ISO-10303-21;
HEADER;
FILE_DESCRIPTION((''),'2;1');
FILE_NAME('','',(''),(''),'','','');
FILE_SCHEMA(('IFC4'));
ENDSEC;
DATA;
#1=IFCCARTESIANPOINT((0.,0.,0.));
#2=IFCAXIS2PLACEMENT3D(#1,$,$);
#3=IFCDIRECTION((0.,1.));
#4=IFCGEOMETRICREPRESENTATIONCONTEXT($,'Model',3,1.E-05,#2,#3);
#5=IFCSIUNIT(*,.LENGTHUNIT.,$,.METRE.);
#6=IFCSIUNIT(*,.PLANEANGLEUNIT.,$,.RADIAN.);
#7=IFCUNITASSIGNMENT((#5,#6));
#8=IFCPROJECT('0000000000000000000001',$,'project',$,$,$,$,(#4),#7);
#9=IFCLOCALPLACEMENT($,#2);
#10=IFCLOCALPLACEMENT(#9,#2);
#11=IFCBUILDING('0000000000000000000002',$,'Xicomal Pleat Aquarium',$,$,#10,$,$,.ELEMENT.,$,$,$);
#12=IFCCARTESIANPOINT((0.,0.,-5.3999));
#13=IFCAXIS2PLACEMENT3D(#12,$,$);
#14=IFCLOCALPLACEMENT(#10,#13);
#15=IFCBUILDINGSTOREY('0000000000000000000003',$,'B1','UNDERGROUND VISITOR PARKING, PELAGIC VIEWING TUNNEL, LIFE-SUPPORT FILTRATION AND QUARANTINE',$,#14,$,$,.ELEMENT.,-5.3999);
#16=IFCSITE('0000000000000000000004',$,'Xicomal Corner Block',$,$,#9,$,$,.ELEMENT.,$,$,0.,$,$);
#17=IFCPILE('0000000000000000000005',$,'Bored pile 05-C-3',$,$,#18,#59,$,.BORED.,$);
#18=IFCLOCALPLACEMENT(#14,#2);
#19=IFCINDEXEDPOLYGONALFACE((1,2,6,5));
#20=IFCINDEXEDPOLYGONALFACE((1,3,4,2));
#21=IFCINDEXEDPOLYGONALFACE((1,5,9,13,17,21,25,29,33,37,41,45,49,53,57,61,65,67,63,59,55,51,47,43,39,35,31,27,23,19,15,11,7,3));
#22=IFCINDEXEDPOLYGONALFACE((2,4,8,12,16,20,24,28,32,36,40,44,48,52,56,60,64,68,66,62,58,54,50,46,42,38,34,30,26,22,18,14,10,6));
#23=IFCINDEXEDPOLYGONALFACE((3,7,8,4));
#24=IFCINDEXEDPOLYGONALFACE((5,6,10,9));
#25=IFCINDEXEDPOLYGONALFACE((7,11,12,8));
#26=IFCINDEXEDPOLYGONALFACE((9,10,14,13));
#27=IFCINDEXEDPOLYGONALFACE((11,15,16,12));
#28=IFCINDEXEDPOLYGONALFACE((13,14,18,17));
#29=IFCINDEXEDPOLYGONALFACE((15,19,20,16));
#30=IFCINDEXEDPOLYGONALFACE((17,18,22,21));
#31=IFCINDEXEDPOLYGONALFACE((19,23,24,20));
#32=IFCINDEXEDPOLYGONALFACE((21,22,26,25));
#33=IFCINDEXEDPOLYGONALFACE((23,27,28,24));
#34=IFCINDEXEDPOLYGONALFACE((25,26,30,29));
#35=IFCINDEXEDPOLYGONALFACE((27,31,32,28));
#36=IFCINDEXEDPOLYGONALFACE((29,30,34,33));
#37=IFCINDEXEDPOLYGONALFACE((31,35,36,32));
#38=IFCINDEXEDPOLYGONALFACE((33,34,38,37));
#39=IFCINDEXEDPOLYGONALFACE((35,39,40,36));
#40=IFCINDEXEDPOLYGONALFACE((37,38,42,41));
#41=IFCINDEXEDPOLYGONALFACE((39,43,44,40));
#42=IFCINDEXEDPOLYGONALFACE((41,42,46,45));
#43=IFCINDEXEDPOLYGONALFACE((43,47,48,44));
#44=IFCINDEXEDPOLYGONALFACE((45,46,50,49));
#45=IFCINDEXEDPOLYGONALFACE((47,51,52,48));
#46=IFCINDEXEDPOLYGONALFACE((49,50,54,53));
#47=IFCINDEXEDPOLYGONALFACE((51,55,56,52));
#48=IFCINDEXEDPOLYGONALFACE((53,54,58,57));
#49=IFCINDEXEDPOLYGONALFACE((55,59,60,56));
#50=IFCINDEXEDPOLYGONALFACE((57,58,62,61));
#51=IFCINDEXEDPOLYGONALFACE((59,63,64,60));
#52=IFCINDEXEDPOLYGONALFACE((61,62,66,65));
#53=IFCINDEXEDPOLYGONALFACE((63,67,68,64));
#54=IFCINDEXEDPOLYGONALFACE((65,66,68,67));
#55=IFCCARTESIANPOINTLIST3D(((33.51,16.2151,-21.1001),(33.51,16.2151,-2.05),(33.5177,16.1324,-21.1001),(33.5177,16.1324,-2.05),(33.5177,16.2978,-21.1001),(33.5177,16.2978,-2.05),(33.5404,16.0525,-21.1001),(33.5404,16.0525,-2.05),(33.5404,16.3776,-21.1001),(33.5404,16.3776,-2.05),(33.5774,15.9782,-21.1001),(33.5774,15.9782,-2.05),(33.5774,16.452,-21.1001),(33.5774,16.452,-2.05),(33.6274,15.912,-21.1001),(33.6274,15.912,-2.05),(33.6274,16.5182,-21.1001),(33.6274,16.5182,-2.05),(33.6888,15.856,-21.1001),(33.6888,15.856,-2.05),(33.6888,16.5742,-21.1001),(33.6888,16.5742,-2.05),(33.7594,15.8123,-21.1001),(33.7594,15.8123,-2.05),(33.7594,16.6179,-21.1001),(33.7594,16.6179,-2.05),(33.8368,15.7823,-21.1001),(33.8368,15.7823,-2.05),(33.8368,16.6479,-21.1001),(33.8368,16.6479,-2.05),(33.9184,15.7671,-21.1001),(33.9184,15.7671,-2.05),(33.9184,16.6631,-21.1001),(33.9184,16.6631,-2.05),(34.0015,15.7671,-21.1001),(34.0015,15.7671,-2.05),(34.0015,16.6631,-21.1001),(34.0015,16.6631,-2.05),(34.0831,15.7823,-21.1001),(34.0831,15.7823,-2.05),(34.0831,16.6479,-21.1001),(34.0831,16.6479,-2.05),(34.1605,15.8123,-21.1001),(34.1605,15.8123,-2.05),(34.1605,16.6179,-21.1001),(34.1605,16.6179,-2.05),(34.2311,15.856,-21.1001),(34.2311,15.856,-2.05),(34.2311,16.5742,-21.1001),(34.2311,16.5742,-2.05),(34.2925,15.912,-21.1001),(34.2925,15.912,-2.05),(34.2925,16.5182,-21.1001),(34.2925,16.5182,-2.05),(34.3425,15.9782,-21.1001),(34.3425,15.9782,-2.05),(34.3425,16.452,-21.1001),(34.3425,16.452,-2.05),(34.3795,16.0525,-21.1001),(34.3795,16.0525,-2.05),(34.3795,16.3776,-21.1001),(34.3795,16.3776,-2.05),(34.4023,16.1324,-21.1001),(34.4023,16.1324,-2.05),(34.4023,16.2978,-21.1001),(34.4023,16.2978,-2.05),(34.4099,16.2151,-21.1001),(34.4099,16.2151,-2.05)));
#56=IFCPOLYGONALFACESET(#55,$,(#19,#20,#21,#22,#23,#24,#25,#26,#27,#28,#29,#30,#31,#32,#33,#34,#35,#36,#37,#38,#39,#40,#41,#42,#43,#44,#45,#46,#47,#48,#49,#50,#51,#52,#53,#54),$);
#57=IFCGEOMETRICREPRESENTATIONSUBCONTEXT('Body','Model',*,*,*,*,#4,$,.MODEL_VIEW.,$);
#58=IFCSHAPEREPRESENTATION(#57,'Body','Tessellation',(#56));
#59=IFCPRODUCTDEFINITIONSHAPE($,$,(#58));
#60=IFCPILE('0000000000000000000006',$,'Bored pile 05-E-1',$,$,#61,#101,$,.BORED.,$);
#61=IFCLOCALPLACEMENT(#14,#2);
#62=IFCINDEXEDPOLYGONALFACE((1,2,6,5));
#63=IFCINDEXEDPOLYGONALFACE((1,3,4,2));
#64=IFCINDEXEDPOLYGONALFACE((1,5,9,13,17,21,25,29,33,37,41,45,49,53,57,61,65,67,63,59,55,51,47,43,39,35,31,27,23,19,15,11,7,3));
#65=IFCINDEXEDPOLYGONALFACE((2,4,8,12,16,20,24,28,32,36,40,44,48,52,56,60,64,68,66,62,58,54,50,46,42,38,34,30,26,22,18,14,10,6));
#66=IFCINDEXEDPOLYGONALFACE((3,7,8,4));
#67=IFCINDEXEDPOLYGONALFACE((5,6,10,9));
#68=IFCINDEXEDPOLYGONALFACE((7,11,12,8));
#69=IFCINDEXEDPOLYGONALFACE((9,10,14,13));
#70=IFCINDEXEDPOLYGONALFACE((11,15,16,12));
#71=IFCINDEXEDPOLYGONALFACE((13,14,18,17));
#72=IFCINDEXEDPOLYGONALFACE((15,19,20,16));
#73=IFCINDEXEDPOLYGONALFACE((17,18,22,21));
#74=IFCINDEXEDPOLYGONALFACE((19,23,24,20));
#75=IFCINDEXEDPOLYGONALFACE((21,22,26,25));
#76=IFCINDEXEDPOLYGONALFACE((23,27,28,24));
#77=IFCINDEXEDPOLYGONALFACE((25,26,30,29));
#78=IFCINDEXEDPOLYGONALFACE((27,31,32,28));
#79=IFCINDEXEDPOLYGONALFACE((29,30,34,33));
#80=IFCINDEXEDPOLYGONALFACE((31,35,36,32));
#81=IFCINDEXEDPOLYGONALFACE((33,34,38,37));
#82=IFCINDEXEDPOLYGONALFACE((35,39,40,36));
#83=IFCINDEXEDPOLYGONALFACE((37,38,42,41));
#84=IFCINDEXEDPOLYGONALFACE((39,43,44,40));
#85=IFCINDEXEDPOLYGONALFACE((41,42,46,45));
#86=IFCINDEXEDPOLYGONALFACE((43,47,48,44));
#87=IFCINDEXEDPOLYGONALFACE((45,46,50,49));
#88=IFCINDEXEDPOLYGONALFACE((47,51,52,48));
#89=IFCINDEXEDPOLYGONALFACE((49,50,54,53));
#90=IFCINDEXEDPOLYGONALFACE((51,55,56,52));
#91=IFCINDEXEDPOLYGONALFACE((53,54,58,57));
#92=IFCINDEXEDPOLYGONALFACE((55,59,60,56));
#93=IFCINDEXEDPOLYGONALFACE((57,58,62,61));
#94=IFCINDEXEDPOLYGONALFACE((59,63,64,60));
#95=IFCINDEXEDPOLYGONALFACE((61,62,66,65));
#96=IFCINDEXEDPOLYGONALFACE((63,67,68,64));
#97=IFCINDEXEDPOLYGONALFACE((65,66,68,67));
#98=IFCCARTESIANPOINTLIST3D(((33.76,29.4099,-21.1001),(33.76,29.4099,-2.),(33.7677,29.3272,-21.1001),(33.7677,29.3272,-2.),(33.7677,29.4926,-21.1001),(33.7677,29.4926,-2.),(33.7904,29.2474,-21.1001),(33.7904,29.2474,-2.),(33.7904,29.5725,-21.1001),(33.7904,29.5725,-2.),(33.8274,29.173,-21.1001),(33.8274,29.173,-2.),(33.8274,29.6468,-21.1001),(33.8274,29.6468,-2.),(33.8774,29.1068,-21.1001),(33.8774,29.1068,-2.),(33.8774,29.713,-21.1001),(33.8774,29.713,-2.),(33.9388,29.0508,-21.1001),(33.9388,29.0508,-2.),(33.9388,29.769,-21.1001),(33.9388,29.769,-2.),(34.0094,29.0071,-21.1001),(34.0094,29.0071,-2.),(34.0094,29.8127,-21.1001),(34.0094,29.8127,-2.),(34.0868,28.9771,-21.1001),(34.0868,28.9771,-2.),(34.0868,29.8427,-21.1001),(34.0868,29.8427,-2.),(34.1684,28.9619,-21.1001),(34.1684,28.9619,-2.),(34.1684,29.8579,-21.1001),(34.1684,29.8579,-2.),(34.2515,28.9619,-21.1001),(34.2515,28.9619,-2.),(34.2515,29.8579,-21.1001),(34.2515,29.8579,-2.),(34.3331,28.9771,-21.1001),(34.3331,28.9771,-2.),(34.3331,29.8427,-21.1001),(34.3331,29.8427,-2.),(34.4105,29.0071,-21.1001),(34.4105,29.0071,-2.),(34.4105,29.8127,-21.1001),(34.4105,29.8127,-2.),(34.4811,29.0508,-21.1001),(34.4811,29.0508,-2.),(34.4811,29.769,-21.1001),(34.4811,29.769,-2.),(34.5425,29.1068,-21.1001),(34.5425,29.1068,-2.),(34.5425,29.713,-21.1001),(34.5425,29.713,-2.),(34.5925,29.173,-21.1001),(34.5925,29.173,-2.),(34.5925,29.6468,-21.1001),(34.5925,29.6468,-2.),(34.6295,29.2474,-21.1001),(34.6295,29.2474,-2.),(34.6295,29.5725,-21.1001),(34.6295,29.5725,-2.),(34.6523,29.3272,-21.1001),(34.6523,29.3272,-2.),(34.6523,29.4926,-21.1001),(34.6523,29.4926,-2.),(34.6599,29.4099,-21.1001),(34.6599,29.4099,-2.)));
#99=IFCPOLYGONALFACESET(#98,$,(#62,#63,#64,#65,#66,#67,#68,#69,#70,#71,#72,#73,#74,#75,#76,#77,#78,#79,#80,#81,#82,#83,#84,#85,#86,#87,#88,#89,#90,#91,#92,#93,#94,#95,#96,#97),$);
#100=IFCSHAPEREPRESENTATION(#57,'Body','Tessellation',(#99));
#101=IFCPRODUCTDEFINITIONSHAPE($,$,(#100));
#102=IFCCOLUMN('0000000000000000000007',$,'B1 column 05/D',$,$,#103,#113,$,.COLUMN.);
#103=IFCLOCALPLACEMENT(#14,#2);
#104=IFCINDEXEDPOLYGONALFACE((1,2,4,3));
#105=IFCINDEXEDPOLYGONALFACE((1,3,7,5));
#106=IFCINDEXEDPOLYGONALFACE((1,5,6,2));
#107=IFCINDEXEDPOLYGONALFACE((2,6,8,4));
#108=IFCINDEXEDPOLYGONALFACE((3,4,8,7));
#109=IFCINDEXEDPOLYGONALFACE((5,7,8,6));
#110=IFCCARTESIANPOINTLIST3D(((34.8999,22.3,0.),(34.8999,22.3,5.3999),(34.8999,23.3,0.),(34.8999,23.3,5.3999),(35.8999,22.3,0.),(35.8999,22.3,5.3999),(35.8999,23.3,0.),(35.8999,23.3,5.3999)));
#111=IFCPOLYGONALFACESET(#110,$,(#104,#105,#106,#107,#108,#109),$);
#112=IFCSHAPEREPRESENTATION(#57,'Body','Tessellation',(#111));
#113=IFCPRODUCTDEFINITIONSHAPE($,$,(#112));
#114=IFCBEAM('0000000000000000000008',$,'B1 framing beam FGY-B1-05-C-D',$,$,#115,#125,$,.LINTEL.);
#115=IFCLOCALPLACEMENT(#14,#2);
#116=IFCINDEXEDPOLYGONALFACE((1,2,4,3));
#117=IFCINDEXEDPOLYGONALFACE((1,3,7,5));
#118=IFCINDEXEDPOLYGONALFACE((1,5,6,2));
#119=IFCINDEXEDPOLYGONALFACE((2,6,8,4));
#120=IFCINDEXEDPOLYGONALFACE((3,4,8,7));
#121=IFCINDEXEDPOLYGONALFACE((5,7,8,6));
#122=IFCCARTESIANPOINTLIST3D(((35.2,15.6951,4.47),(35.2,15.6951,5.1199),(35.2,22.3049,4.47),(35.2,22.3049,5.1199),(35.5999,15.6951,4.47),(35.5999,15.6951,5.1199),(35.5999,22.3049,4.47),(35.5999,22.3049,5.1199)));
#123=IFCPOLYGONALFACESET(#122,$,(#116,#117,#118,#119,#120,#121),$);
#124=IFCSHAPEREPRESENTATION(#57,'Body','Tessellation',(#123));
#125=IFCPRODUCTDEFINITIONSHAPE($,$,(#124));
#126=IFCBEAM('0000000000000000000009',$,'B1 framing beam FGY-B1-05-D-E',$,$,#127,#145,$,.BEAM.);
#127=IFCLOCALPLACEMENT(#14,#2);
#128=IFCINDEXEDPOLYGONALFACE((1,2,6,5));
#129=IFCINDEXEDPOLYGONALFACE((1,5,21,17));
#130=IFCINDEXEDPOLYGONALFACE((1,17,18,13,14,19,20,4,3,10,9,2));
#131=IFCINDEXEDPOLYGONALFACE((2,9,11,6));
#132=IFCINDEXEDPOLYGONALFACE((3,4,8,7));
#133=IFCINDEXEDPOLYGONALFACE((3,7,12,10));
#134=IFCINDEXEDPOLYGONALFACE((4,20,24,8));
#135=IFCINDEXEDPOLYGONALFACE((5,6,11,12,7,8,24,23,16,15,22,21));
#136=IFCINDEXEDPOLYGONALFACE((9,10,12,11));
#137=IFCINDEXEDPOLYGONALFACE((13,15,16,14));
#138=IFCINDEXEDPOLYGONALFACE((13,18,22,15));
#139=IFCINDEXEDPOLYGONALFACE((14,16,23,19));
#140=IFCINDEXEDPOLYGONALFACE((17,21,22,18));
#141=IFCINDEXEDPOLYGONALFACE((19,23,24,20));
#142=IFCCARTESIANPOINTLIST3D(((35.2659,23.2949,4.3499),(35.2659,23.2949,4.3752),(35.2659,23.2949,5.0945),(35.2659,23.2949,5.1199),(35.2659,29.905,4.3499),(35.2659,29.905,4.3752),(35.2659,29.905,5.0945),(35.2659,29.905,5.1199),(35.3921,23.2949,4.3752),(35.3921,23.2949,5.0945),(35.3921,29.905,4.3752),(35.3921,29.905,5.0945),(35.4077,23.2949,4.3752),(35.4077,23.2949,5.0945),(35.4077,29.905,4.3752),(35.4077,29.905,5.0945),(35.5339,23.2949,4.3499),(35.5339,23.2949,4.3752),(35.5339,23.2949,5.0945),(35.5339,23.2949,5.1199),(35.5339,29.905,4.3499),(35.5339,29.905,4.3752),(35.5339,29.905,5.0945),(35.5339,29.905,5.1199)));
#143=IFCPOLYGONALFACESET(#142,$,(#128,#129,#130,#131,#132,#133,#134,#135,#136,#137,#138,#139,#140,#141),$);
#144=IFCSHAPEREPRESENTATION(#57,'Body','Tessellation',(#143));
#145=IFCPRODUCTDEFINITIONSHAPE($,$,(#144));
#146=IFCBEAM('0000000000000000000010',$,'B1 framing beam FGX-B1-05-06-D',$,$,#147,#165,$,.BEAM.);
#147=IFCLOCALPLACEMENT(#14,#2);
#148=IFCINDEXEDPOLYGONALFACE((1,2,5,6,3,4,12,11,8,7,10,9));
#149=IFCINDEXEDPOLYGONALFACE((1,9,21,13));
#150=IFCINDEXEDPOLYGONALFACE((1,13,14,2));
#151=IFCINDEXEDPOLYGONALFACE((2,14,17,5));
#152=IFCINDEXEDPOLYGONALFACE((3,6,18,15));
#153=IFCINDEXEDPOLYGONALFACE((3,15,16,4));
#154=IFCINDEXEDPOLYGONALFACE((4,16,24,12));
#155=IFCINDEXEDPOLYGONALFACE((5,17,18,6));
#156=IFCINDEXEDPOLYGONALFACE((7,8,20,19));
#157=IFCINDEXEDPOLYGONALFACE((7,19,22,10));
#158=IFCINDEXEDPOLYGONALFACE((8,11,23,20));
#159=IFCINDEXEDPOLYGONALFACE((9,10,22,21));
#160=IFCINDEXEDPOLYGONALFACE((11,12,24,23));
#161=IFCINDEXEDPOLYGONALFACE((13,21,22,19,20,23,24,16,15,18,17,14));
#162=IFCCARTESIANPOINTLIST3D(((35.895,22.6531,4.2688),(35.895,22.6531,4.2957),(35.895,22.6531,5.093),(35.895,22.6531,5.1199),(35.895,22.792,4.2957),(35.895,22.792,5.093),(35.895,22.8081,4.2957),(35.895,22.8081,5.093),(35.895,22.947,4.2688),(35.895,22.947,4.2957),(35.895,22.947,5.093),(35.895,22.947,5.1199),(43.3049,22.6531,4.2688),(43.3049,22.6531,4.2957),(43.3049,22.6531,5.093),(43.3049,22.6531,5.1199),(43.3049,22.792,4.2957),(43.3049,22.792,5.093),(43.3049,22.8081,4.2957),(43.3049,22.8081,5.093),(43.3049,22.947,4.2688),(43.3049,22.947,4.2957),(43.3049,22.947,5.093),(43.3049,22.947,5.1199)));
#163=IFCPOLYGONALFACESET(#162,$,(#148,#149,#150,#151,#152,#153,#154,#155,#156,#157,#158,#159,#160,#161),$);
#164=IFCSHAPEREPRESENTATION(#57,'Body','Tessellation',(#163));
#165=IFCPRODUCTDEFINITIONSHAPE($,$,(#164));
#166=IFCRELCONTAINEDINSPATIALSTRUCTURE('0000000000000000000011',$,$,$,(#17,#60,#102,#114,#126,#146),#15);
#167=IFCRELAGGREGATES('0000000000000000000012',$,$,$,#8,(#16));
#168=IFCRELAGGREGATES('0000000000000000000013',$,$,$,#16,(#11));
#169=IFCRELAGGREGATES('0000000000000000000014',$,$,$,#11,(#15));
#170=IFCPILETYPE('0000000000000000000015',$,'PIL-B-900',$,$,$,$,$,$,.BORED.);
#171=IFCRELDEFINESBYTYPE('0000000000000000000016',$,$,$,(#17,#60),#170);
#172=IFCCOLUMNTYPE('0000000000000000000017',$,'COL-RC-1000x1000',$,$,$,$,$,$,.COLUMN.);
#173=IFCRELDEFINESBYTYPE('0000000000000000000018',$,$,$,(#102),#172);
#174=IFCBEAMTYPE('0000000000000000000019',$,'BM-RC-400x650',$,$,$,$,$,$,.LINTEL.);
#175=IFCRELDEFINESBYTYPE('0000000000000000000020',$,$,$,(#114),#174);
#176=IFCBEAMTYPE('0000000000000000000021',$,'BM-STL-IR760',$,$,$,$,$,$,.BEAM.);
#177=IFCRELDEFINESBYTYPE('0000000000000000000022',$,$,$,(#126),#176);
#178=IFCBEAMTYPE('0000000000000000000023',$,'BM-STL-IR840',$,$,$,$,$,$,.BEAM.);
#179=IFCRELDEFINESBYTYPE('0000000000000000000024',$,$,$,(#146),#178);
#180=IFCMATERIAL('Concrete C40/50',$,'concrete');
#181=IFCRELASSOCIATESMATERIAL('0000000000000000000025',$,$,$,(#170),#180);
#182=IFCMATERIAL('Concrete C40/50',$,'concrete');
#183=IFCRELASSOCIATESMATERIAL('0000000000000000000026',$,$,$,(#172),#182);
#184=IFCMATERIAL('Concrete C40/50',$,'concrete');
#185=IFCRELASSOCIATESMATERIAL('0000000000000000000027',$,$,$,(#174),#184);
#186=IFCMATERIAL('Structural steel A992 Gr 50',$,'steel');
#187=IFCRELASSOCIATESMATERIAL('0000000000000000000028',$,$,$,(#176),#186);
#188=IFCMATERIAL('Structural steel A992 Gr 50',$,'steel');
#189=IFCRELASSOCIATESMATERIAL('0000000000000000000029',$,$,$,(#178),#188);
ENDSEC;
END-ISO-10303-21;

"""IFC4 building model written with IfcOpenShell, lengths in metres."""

from ifc_helpers import new_model, si_unit, direction, frame, origin, origin_2d, place, context, subcontext, project, spatial, rectangle, circle, i_section, extrude, material, material_profile, profile_set, type_object, element, save


model = new_model("IFC4")

# Units and contexts
model_context = context("Model", 3, precision=1e-05, world=origin(), true_north=direction((0.0, 1.0)))
body_context = subcontext(model_context, "Body", "Model", "MODEL_VIEW")
ifc_project = project(units=[si_unit("LENGTHUNIT", "METRE"), si_unit("PLANEANGLEUNIT", "RADIAN")], contexts=[model_context])

# Site, building, storey
site_placement = place(None, origin())
site = spatial("IfcSite", under=ifc_project, at=site_placement, Name="Xicomal Corner Block", CompositionType="ELEMENT", RefElevation=0.0)
building_placement = place(site_placement, origin())
building = spatial("IfcBuilding", under=site, at=building_placement, Name="Xicomal Pleat Aquarium", CompositionType="ELEMENT")
storey_placement = place(building_placement, frame((0.0, 0.0, -5.3999)))
storey = spatial("IfcBuildingStorey", under=building, at=storey_placement, Name="B1", Description="UNDERGROUND VISITOR PARKING, PELAGIC VIEWING TUNNEL, LIFE-SUPPORT FILTRATION AND QUARANTINE", CompositionType="ELEMENT", Elevation=-5.3999)

# Piles
ifc_material_1 = material(Name="Concrete C40/50", Category="concrete")
ifc_material_profile_1 = material_profile(ifc_material_1, circle(Radius=0.45, at=origin_2d()), Name="BORED PILE D900")
ifc_profile_set_1 = profile_set([ifc_material_profile_1], Name="Concrete C40/50")
pile_type_1 = type_object("IfcPileType", Name="PIL-B-900", PredefinedType="BORED", material=ifc_profile_set_1)
pile_1_placement = place(storey_placement, frame((33.96, 16.2151, -2.05), z_axis=(0.0, 0.0, -1.0), x_axis=(1.0, 0.0, 0.0)))
element("IfcPile", 1, at=pile_1_placement, inside=storey, type_object=pile_type_1, Name="Bored pile 05-C-3", PredefinedType="BORED", context=body_context, shape_type="SweptSolid", body=[
    extrude(circle(Radius=0.45, at=origin_2d()), origin(), (0.0, 0.0, 1.0), 19.05),
])
pile_2_placement = place(storey_placement, frame((34.21, 29.4099, -2.0), z_axis=(0.0, 0.0, -1.0), x_axis=(1.0, 0.0, 0.0)))
element("IfcPile", 2, at=pile_2_placement, inside=storey, type_object=pile_type_1, Name="Bored pile 05-E-1", PredefinedType="BORED", context=body_context, shape_type="SweptSolid", body=[
    extrude(circle(Radius=0.45, at=origin_2d()), origin(), (0.0, 0.0, 1.0), 19.1001),
])

# Column
ifc_material_2 = material(Name="Concrete C40/50", Category="concrete")
ifc_material_profile_2 = material_profile(ifc_material_2, rectangle(XDim=1.0, YDim=1.0, at=origin_2d()), Name="RC 1000x1000")
ifc_profile_set_2 = profile_set([ifc_material_profile_2], Name="Concrete C40/50")
column_type = type_object("IfcColumnType", Name="COL-RC-1000x1000", PredefinedType="COLUMN", material=ifc_profile_set_2)
column_placement = place(storey_placement, frame((35.3999, 22.8, 0.0), z_axis=(0.0, 0.0, 1.0), x_axis=(1.0, 0.0, 0.0)))
element("IfcColumn", 3, at=column_placement, inside=storey, type_object=column_type, Name="B1 column 05/D", PredefinedType="COLUMN", context=body_context, shape_type="SweptSolid", body=[
    extrude(rectangle(XDim=1.0, YDim=1.0, at=origin_2d()), origin(), (0.0, 0.0, 1.0), 5.3999),
])

# Beams
ifc_material_3 = material(Name="Concrete C40/50", Category="concrete")
ifc_material_profile_3 = material_profile(ifc_material_3, rectangle(XDim=0.3999, YDim=0.6499, at=origin_2d()), Name="RC 400x650")
ifc_profile_set_3 = profile_set([ifc_material_profile_3], Name="Concrete C40/50")
beam_type_1 = type_object("IfcBeamType", Name="BM-RC-400x650", PredefinedType="LINTEL", material=ifc_profile_set_3)
beam_1_placement = place(storey_placement, frame((35.3999, 15.6951, 4.7949), z_axis=(0.0, 1.0, 0.0), x_axis=(-1.0, 0.0, 0.0)))
element("IfcBeam", 4, at=beam_1_placement, inside=storey, type_object=beam_type_1, Name="B1 framing beam FGY-B1-05-C-D", PredefinedType="LINTEL", context=body_context, shape_type="SweptSolid", body=[
    extrude(rectangle(XDim=0.3999, YDim=0.6499, at=origin_2d()), origin(), (0.0, 0.0, 1.0), 6.6099),
])
ifc_material_4 = material(Name="Structural steel A992 Gr 50", Category="steel")
ifc_material_profile_4 = material_profile(ifc_material_4, i_section(OverallWidth=0.2681, OverallDepth=0.77, WebThickness=0.0156, FlangeThickness=0.0254, at=origin_2d()), Name="IR 760x196")
ifc_profile_set_4 = profile_set([ifc_material_profile_4], Name="Structural steel A992 Gr 50")
beam_type_2 = type_object("IfcBeamType", Name="BM-STL-IR760", PredefinedType="BEAM", material=ifc_profile_set_4)
beam_2_placement = place(storey_placement, frame((35.3999, 23.2949, 4.7349), z_axis=(0.0, 1.0, 0.0), x_axis=(-1.0, 0.0, 0.0)))
element("IfcBeam", 5, at=beam_2_placement, inside=storey, type_object=beam_type_2, Name="B1 framing beam FGY-B1-05-D-E", PredefinedType="BEAM", context=body_context, shape_type="SweptSolid", body=[
    extrude(i_section(OverallWidth=0.2681, OverallDepth=0.77, WebThickness=0.0156, FlangeThickness=0.0254, at=origin_2d()), origin(), (0.0, 0.0, 1.0), 6.6101),
])
ifc_material_5 = material(Name="Structural steel A992 Gr 50", Category="steel")
ifc_material_profile_5 = material_profile(ifc_material_5, i_section(OverallWidth=0.2939, OverallDepth=0.8511, WebThickness=0.0161, FlangeThickness=0.0269, at=origin_2d()), Name="IR 840x226")
ifc_profile_set_5 = profile_set([ifc_material_profile_5], Name="Structural steel A992 Gr 50")
beam_type_3 = type_object("IfcBeamType", Name="BM-STL-IR840", PredefinedType="BEAM", material=ifc_profile_set_5)
beam_3_placement = place(storey_placement, frame((35.895, 22.8, 4.6943), z_axis=(1.0, 0.0, 0.0), x_axis=(0.0, 1.0, 0.0)))
element("IfcBeam", 6, at=beam_3_placement, inside=storey, type_object=beam_type_3, Name="B1 framing beam FGX-B1-05-06-D", PredefinedType="BEAM", context=body_context, shape_type="SweptSolid", body=[
    extrude(i_section(OverallWidth=0.2939, OverallDepth=0.8511, WebThickness=0.0161, FlangeThickness=0.0269, at=origin_2d()), origin(), (0.0, 0.0, 1.0), 7.4099),
])

save(model, "model.ifc")
